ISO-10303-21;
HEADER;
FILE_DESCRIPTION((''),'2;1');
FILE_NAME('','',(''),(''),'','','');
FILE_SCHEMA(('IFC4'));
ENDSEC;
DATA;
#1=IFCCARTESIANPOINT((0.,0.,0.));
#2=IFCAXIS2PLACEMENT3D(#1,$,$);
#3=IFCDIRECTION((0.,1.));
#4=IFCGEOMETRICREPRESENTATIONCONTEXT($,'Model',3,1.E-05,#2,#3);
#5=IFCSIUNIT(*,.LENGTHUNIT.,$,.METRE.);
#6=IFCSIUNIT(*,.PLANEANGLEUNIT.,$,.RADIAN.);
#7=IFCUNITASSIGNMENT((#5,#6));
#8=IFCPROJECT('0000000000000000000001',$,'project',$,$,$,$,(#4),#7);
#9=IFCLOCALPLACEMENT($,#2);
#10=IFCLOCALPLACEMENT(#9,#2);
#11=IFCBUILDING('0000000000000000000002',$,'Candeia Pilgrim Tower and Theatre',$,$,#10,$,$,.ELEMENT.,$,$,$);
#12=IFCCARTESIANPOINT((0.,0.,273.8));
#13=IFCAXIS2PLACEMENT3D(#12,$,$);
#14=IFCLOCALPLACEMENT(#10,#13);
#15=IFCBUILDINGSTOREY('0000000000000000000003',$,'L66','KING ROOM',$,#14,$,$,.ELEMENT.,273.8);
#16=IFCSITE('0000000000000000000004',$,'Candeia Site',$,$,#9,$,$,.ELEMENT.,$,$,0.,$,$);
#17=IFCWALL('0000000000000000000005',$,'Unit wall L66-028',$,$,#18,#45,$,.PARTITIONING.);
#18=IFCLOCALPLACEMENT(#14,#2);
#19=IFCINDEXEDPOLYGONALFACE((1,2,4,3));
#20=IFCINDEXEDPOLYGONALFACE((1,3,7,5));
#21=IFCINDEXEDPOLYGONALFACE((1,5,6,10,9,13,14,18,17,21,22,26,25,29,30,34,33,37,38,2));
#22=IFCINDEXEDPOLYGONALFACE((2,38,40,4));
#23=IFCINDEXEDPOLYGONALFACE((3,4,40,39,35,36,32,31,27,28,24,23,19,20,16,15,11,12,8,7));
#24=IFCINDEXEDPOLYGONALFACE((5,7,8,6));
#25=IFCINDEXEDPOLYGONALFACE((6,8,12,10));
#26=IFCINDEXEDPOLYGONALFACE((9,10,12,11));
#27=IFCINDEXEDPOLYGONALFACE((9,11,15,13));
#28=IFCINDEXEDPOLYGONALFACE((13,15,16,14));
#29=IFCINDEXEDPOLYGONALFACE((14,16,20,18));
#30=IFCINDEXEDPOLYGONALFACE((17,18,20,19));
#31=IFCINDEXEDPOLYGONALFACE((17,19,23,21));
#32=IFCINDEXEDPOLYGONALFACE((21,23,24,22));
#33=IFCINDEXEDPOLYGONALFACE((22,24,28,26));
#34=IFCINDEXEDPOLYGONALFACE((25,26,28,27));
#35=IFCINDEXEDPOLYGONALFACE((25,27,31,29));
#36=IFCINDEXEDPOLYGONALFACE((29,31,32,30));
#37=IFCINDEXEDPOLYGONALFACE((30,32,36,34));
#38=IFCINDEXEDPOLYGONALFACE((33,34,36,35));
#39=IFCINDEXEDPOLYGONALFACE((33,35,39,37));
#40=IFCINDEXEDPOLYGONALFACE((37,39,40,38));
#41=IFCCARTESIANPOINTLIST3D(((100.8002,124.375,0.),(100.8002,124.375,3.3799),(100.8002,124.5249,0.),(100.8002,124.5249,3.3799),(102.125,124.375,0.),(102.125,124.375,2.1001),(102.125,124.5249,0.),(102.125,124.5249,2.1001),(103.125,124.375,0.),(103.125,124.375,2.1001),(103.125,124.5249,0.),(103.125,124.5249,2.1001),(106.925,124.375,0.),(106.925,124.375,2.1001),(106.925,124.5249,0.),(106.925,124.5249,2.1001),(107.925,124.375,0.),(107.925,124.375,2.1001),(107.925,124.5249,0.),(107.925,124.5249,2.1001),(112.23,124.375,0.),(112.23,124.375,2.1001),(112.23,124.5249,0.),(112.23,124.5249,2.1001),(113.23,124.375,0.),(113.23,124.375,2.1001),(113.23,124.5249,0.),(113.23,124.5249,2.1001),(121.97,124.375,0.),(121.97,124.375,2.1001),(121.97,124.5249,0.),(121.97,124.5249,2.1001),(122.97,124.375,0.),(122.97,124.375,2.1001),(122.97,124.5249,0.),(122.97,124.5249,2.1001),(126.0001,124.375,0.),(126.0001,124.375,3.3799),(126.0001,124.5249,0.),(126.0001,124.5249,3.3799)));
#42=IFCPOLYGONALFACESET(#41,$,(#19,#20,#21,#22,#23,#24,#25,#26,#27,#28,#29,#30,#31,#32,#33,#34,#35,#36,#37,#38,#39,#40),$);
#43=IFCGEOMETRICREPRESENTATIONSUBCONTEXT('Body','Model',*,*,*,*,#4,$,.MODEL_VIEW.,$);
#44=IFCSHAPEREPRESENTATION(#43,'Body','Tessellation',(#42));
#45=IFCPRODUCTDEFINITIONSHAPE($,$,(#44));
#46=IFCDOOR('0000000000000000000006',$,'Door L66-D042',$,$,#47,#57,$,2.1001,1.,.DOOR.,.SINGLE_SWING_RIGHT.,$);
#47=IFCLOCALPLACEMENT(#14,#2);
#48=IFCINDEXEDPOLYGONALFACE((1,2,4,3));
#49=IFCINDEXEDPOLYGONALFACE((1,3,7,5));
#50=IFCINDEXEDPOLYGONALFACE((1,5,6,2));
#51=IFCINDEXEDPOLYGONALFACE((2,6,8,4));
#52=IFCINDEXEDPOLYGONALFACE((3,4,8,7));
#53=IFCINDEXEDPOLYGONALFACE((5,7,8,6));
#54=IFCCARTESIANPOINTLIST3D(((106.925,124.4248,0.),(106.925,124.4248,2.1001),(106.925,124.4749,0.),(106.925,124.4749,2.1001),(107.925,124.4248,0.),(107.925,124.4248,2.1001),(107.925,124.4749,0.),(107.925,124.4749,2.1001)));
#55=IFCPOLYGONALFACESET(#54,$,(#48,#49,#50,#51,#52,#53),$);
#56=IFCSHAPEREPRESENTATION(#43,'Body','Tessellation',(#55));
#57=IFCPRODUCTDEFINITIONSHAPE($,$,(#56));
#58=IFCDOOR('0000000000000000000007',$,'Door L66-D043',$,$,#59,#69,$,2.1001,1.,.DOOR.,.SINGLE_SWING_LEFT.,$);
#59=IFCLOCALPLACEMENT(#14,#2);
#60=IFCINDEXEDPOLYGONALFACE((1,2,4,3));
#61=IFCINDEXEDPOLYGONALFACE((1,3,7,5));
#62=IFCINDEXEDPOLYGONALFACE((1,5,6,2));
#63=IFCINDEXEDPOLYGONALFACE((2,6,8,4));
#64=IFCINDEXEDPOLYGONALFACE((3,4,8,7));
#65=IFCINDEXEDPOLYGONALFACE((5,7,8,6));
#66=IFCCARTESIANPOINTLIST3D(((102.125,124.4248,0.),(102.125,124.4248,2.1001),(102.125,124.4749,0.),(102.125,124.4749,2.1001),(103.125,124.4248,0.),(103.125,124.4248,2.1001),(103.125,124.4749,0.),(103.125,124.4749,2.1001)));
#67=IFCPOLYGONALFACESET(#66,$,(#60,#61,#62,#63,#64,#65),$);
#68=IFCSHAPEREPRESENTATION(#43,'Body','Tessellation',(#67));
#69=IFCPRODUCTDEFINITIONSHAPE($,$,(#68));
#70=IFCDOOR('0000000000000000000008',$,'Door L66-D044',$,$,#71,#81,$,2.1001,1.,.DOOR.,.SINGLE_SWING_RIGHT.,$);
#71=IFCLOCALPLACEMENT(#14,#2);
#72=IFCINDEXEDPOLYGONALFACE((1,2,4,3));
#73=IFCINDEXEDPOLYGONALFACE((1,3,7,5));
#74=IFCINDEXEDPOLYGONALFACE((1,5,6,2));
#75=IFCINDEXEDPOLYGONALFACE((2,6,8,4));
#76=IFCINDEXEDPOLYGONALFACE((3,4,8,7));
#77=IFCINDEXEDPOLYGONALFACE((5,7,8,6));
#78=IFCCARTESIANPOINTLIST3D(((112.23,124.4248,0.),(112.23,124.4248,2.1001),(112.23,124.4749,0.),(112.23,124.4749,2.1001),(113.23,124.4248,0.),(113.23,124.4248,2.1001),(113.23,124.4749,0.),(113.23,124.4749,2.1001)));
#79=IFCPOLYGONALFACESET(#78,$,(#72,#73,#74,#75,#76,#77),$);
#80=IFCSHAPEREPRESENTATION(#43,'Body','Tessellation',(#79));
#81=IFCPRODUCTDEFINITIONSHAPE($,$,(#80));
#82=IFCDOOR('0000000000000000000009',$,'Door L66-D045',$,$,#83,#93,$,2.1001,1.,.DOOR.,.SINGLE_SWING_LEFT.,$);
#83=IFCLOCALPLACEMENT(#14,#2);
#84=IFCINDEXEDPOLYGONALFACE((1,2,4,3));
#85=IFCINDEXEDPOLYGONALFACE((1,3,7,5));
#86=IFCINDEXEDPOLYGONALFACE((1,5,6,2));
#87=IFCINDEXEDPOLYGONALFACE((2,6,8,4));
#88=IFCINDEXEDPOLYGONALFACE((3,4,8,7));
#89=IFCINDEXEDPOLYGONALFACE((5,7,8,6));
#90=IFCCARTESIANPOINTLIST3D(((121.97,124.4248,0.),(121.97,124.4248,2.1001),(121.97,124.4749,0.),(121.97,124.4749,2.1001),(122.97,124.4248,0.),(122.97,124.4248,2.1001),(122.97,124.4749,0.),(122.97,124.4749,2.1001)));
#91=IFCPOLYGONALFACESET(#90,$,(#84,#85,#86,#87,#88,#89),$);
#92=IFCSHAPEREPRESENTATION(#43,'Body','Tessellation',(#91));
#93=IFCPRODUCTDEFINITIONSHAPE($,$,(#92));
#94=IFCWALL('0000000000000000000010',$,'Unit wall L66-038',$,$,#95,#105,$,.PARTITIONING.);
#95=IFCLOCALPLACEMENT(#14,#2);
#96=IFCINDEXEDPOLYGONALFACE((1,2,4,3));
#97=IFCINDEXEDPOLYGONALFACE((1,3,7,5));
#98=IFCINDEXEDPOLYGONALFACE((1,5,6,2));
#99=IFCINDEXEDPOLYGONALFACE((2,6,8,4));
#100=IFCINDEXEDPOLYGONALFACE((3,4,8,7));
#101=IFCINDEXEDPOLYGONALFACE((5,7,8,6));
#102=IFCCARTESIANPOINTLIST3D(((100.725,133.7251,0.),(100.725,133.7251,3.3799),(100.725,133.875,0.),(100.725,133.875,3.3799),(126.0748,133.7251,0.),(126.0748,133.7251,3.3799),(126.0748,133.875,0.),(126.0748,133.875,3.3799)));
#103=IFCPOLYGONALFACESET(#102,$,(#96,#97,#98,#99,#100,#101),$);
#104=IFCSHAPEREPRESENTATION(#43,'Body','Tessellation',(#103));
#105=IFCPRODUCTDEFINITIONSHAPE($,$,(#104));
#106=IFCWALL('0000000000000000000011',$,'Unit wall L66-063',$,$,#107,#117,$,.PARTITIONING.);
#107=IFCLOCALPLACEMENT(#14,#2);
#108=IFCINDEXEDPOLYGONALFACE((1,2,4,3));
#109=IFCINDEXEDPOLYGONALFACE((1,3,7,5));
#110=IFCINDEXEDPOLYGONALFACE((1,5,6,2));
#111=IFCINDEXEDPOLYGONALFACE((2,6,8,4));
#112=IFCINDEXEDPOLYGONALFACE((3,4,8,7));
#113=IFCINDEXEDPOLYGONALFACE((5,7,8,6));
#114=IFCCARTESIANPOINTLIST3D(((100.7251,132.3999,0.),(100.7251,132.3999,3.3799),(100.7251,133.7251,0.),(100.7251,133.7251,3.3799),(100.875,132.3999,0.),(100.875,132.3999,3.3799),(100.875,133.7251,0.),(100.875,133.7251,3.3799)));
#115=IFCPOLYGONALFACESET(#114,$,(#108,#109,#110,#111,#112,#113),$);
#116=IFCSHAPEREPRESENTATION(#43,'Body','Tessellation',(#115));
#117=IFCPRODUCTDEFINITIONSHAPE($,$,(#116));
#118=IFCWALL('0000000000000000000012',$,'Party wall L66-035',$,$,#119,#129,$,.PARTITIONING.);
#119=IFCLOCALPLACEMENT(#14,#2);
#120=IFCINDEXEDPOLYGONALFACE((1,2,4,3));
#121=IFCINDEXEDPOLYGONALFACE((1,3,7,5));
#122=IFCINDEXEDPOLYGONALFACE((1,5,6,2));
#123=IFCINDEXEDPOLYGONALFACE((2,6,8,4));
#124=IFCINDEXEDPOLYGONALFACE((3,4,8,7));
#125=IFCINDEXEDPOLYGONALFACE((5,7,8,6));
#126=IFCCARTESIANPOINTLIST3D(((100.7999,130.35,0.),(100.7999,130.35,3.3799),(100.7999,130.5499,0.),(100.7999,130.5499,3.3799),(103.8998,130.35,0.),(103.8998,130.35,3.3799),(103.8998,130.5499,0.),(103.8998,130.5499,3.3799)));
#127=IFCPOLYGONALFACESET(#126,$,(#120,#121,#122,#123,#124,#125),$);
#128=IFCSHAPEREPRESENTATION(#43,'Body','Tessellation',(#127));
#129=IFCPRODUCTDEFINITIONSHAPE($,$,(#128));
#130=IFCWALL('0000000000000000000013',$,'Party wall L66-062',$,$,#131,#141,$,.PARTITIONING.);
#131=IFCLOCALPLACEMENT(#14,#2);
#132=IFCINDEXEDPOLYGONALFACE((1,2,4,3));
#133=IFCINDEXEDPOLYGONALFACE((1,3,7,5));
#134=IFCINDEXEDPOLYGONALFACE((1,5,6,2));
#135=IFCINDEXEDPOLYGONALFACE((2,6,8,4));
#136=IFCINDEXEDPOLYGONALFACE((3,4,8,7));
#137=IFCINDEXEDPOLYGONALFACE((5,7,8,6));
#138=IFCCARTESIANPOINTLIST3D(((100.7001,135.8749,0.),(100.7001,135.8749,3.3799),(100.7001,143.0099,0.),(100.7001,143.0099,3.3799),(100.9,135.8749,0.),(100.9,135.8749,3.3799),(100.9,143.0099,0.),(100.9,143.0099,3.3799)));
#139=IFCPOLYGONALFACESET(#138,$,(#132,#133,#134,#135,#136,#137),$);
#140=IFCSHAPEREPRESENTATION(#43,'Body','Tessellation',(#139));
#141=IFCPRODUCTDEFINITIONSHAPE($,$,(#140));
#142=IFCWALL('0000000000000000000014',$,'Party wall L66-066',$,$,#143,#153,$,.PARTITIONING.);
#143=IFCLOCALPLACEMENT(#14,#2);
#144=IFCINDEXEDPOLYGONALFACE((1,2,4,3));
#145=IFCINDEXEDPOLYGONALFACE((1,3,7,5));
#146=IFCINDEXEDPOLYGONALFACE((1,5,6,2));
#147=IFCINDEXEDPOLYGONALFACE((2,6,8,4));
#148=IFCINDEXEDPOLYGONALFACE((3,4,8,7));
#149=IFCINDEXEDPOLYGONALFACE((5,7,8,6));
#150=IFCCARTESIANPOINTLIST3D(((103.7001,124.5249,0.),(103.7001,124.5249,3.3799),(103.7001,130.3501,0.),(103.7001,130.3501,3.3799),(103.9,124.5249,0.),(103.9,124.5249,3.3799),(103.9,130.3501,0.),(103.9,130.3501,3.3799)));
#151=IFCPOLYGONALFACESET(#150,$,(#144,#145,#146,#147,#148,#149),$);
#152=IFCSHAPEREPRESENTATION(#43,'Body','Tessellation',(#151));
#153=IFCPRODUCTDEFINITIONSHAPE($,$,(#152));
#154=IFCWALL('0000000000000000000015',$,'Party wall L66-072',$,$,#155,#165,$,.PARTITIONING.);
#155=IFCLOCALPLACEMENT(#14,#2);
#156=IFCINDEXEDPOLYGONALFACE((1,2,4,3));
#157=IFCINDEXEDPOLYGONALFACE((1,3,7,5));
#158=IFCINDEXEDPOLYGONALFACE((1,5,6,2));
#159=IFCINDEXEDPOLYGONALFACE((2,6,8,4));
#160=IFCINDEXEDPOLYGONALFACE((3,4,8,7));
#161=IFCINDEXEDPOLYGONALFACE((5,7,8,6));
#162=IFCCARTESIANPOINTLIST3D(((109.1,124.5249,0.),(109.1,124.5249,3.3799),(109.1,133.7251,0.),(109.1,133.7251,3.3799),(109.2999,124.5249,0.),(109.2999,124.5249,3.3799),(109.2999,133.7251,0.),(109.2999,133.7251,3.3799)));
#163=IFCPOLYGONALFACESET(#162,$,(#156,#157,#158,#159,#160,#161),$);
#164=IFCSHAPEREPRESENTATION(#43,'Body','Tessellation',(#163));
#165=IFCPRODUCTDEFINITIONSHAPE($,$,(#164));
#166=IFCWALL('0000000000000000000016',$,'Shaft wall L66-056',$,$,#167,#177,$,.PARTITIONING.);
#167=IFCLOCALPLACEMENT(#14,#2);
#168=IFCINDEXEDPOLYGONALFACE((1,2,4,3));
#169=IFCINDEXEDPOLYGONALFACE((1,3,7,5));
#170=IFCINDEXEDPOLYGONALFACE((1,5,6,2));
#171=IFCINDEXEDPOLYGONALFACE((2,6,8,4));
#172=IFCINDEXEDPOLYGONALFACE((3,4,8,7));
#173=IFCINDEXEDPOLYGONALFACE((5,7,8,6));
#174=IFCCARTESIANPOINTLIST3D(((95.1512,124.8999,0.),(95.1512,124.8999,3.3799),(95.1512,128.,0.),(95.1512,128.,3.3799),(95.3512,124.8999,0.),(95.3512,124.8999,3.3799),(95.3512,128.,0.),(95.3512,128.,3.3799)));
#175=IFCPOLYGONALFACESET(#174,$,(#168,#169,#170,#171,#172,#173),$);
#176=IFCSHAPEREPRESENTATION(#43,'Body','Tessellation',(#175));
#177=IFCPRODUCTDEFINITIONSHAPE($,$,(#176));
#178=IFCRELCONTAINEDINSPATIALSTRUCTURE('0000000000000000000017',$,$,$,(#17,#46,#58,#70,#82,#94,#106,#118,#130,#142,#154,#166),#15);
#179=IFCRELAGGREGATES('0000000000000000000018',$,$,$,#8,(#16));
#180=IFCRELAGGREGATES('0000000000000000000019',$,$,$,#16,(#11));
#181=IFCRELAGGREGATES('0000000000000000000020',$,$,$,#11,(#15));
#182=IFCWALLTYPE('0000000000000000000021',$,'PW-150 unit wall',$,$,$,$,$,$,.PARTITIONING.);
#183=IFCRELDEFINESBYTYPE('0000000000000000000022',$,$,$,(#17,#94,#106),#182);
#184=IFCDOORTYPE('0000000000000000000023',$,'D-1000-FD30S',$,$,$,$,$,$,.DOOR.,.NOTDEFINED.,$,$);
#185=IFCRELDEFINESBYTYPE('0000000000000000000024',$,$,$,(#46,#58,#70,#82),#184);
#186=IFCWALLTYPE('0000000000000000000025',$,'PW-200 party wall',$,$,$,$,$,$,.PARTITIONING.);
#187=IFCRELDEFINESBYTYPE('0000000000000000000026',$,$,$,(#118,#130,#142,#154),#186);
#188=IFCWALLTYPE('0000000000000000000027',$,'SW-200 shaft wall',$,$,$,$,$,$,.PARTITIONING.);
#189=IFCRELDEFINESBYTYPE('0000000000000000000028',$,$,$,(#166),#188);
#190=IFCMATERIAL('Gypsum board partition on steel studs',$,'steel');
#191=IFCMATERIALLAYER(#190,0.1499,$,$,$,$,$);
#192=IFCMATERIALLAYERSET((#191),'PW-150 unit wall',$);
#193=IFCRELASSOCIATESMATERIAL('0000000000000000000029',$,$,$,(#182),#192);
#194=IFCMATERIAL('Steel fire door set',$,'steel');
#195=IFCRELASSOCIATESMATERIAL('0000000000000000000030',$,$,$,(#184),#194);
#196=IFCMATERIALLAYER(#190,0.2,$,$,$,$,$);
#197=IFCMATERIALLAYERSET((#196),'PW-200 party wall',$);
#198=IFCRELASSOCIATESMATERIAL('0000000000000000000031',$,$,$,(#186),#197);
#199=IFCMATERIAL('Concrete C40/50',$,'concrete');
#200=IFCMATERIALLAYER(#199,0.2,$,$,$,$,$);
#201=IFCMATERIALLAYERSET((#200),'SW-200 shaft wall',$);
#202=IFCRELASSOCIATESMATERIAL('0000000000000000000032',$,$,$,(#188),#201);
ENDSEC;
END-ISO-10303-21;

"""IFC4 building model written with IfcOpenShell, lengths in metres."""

from ifc_helpers import new_model, si_unit, direction, frame, frame_2d, origin, place, context, subcontext, project, spatial, rectangle, extrude, material, layer, layer_set, type_object, element, fill, save


model = new_model("IFC4")

# Units and contexts
model_context = context("Model", 3, precision=1e-05, world=origin(), true_north=direction((0.0, 1.0)))
body_context = subcontext(model_context, "Body", "Model", "MODEL_VIEW")
ifc_project = project(units=[si_unit("LENGTHUNIT", "METRE"), si_unit("PLANEANGLEUNIT", "RADIAN")], contexts=[model_context])

# Site, building, storey
site_placement = place(None, origin())
site = spatial("IfcSite", under=ifc_project, at=site_placement, Name="Candeia Site", CompositionType="ELEMENT", RefElevation=0.0)
building_placement = place(site_placement, origin())
building = spatial("IfcBuilding", under=site, at=building_placement, Name="Candeia Pilgrim Tower and Theatre", CompositionType="ELEMENT")
storey_placement = place(building_placement, frame((0.0, 0.0, 273.8)))
storey = spatial("IfcBuildingStorey", under=building, at=storey_placement, Name="L66", Description="KING ROOM", CompositionType="ELEMENT", Elevation=273.8)

# Shared definitions
ifc_material_1 = material(Name="Concrete C40/50", Category="concrete")

# Shared definitions
ifc_material_2 = material(Name="Steel fire door set", Category="steel")
ifc_material_3 = material(Name="Gypsum board partition on steel studs", Category="steel")

# Wall, openings, doors
ifc_layer_1 = layer(ifc_material_3, 0.1499)
ifc_layer_set_1 = layer_set([ifc_layer_1], Name="PW-150 unit wall")
wall_type_1 = type_object("IfcWallType", Name="PW-150 unit wall", PredefinedType="PARTITIONING", material=ifc_layer_set_1)
wall_1_placement = place(storey_placement, frame((100.8, 124.45, 0.0), z_axis=(0.0, 0.0, 1.0), x_axis=(1.0, 0.0, 0.0)))
wall_1 = element("IfcWall", 1, at=wall_1_placement, inside=storey, type_object=wall_type_1, Name="Unit wall L66-028", PredefinedType="PARTITIONING", context=body_context, shape_type="SweptSolid", body=[
    extrude(rectangle(XDim=25.2, YDim=0.1499, at=frame_2d((12.6001, 0.0))), origin(), (0.0, 0.0, 1.0), 3.3799),
])
opening_1_placement = place(wall_1_placement, frame((6.125, 0.0, 0.0)))
opening_1 = element("IfcOpeningElement", 2, at=opening_1_placement, cuts=wall_1, PredefinedType="OPENING", context=body_context, shape_type="SweptSolid", body=[
    extrude(rectangle(XDim=1.0, YDim=2.1001, at=frame_2d((0.5, 1.05))), frame((0.0, 0.085, 0.0), z_axis=(0.0, -1.0, 0.0), x_axis=(1.0, 0.0, 0.0)), (0.0, 0.0, 1.0), 0.1699),
])
opening_2_placement = place(wall_1_placement, frame((1.325, 0.0, 0.0)))
opening_2 = element("IfcOpeningElement", 3, at=opening_2_placement, cuts=wall_1, PredefinedType="OPENING", context=body_context, shape_type="SweptSolid", body=[
    extrude(rectangle(XDim=1.0, YDim=2.1001, at=frame_2d((0.5, 1.05))), frame((0.0, 0.085, 0.0), z_axis=(0.0, -1.0, 0.0), x_axis=(1.0, 0.0, 0.0)), (0.0, 0.0, 1.0), 0.1699),
])
opening_3_placement = place(wall_1_placement, frame((11.4299, 0.0, 0.0)))
opening_3 = element("IfcOpeningElement", 4, at=opening_3_placement, cuts=wall_1, PredefinedType="OPENING", context=body_context, shape_type="SweptSolid", body=[
    extrude(rectangle(XDim=1.0, YDim=2.1001, at=frame_2d((0.5, 1.05))), frame((0.0, 0.085, 0.0), z_axis=(0.0, -1.0, 0.0), x_axis=(1.0, 0.0, 0.0)), (0.0, 0.0, 1.0), 0.1699),
])
opening_4_placement = place(wall_1_placement, frame((21.1699, 0.0, 0.0)))
opening_4 = element("IfcOpeningElement", 5, at=opening_4_placement, cuts=wall_1, PredefinedType="OPENING", context=body_context, shape_type="SweptSolid", body=[
    extrude(rectangle(XDim=1.0, YDim=2.1001, at=frame_2d((0.5, 1.05))), frame((0.0, 0.085, 0.0), z_axis=(0.0, -1.0, 0.0), x_axis=(1.0, 0.0, 0.0)), (0.0, 0.0, 1.0), 0.1699),
])
door_type_1 = type_object("IfcDoorType", Name="D-1000-FD30S", OperationType="NOTDEFINED", PredefinedType="DOOR", material=ifc_material_2)
door_1_placement = place(opening_1_placement, origin())
door_1 = element("IfcDoor", 6, at=door_1_placement, inside=storey, type_object=door_type_1, Name="Door L66-D042", OperationType="SINGLE_SWING_RIGHT", OverallHeight=2.1001, OverallWidth=1.0, PredefinedType="DOOR", context=body_context, shape_type="SweptSolid", body=[
    extrude(rectangle(XDim=1.0, YDim=2.1001, at=frame_2d((0.5, 1.05))), frame((0.0, 0.0249, 0.0), z_axis=(0.0, -1.0, 0.0), x_axis=(1.0, 0.0, 0.0)), (0.0, 0.0, 1.0), 0.05),
])
fill(opening_1, door_1)
door_2_placement = place(opening_2_placement, origin())
door_2 = element("IfcDoor", 7, at=door_2_placement, inside=storey, type_object=door_type_1, Name="Door L66-D043", OperationType="SINGLE_SWING_LEFT", OverallHeight=2.1001, OverallWidth=1.0, PredefinedType="DOOR", context=body_context, shape_type="SweptSolid", body=[
    extrude(rectangle(XDim=1.0, YDim=2.1001, at=frame_2d((0.5, 1.05))), frame((0.0, 0.0249, 0.0), z_axis=(0.0, -1.0, 0.0), x_axis=(1.0, 0.0, 0.0)), (0.0, 0.0, 1.0), 0.05),
])
fill(opening_2, door_2)
door_3_placement = place(opening_3_placement, origin())
door_3 = element("IfcDoor", 8, at=door_3_placement, inside=storey, type_object=door_type_1, Name="Door L66-D044", OperationType="SINGLE_SWING_RIGHT", OverallHeight=2.1001, OverallWidth=1.0, PredefinedType="DOOR", context=body_context, shape_type="SweptSolid", body=[
    extrude(rectangle(XDim=1.0, YDim=2.1001, at=frame_2d((0.5, 1.05))), frame((0.0, 0.0249, 0.0), z_axis=(0.0, -1.0, 0.0), x_axis=(1.0, 0.0, 0.0)), (0.0, 0.0, 1.0), 0.05),
])
fill(opening_3, door_3)
door_4_placement = place(opening_4_placement, origin())
door_4 = element("IfcDoor", 9, at=door_4_placement, inside=storey, type_object=door_type_1, Name="Door L66-D045", OperationType="SINGLE_SWING_LEFT", OverallHeight=2.1001, OverallWidth=1.0, PredefinedType="DOOR", context=body_context, shape_type="SweptSolid", body=[
    extrude(rectangle(XDim=1.0, YDim=2.1001, at=frame_2d((0.5, 1.05))), frame((0.0, 0.0249, 0.0), z_axis=(0.0, -1.0, 0.0), x_axis=(1.0, 0.0, 0.0)), (0.0, 0.0, 1.0), 0.05),
])
fill(opening_4, door_4)

# Walls
wall_2_placement = place(storey_placement, frame((100.7251, 133.8, 0.0), z_axis=(0.0, 0.0, 1.0), x_axis=(1.0, 0.0, 0.0)))
element("IfcWall", 10, at=wall_2_placement, inside=storey, type_object=wall_type_1, Name="Unit wall L66-038", PredefinedType="PARTITIONING", context=body_context, shape_type="SweptSolid", body=[
    extrude(rectangle(XDim=25.3499, YDim=0.1499, at=frame_2d((12.6748, 0.0))), origin(), (0.0, 0.0, 1.0), 3.3799),
])
wall_3_placement = place(storey_placement, frame((100.8, 132.3999, 0.0), z_axis=(0.0, 0.0, 1.0), x_axis=(0.0, 1.0, 0.0)))
element("IfcWall", 11, at=wall_3_placement, inside=storey, type_object=wall_type_1, Name="Unit wall L66-063", PredefinedType="PARTITIONING", context=body_context, shape_type="SweptSolid", body=[
    extrude(rectangle(XDim=1.3252, YDim=0.1499, at=frame_2d((0.6626, 0.0))), origin(), (0.0, 0.0, 1.0), 3.3799),
])
ifc_layer_2 = layer(ifc_material_3, 0.2)
ifc_layer_set_2 = layer_set([ifc_layer_2], Name="PW-200 party wall")
wall_type_2 = type_object("IfcWallType", Name="PW-200 party wall", PredefinedType="PARTITIONING", material=ifc_layer_set_2)
wall_4_placement = place(storey_placement, frame((100.8, 130.45, 0.0), z_axis=(0.0, 0.0, 1.0), x_axis=(1.0, 0.0, 0.0)))
element("IfcWall", 12, at=wall_4_placement, inside=storey, type_object=wall_type_2, Name="Party wall L66-035", PredefinedType="PARTITIONING", context=body_context, shape_type="SweptSolid", body=[
    extrude(rectangle(XDim=3.0999, YDim=0.2, at=frame_2d((1.5498, 0.0))), origin(), (0.0, 0.0, 1.0), 3.3799),
])
wall_5_placement = place(storey_placement, frame((100.8, 135.875, 0.0), z_axis=(0.0, 0.0, 1.0), x_axis=(0.0, 1.0, 0.0)))
element("IfcWall", 13, at=wall_5_placement, inside=storey, type_object=wall_type_2, Name="Party wall L66-062", PredefinedType="PARTITIONING", context=body_context, shape_type="SweptSolid", body=[
    extrude(rectangle(XDim=7.135, YDim=0.2, at=frame_2d((3.5674, 0.0))), origin(), (0.0, 0.0, 1.0), 3.3799),
])
wall_6_placement = place(storey_placement, frame((103.8, 124.5249, 0.0), z_axis=(0.0, 0.0, 1.0), x_axis=(0.0, 1.0, 0.0)))
element("IfcWall", 14, at=wall_6_placement, inside=storey, type_object=wall_type_2, Name="Party wall L66-066", PredefinedType="PARTITIONING", context=body_context, shape_type="SweptSolid", body=[
    extrude(rectangle(XDim=5.8252, YDim=0.2, at=frame_2d((2.9126, 0.0))), origin(), (0.0, 0.0, 1.0), 3.3799),
])
wall_7_placement = place(storey_placement, frame((109.2, 124.5249, 0.0), z_axis=(0.0, 0.0, 1.0), x_axis=(0.0, 1.0, 0.0)))
element("IfcWall", 15, at=wall_7_placement, inside=storey, type_object=wall_type_2, Name="Party wall L66-072", PredefinedType="PARTITIONING", context=body_context, shape_type="SweptSolid", body=[
    extrude(rectangle(XDim=9.2002, YDim=0.2, at=frame_2d((4.6001, 0.0))), origin(), (0.0, 0.0, 1.0), 3.3799),
])
ifc_layer_3 = layer(ifc_material_1, 0.2)
ifc_layer_set_3 = layer_set([ifc_layer_3], Name="SW-200 shaft wall")
wall_type_3 = type_object("IfcWallType", Name="SW-200 shaft wall", PredefinedType="PARTITIONING", material=ifc_layer_set_3)
for number, where, z_axis, x_axis, name in (
    (16, (95.2512, 124.8999, 0.0), (0.0, 0.0, 1.0), (0.0, 1.0, 0.0), "Shaft wall L66-056"),
):
    element("IfcWall", number, at=place(storey_placement, frame(where, z_axis=z_axis, x_axis=x_axis)), inside=storey, type_object=wall_type_3, Name=name, PredefinedType="PARTITIONING", context=body_context, shape_type="SweptSolid", body=[
        extrude(rectangle(XDim=3.1001, YDim=0.2, at=frame_2d((1.55, 0.0))), origin(), (0.0, 0.0, 1.0), 3.3799),
    ])

save(model, "model.ifc")
